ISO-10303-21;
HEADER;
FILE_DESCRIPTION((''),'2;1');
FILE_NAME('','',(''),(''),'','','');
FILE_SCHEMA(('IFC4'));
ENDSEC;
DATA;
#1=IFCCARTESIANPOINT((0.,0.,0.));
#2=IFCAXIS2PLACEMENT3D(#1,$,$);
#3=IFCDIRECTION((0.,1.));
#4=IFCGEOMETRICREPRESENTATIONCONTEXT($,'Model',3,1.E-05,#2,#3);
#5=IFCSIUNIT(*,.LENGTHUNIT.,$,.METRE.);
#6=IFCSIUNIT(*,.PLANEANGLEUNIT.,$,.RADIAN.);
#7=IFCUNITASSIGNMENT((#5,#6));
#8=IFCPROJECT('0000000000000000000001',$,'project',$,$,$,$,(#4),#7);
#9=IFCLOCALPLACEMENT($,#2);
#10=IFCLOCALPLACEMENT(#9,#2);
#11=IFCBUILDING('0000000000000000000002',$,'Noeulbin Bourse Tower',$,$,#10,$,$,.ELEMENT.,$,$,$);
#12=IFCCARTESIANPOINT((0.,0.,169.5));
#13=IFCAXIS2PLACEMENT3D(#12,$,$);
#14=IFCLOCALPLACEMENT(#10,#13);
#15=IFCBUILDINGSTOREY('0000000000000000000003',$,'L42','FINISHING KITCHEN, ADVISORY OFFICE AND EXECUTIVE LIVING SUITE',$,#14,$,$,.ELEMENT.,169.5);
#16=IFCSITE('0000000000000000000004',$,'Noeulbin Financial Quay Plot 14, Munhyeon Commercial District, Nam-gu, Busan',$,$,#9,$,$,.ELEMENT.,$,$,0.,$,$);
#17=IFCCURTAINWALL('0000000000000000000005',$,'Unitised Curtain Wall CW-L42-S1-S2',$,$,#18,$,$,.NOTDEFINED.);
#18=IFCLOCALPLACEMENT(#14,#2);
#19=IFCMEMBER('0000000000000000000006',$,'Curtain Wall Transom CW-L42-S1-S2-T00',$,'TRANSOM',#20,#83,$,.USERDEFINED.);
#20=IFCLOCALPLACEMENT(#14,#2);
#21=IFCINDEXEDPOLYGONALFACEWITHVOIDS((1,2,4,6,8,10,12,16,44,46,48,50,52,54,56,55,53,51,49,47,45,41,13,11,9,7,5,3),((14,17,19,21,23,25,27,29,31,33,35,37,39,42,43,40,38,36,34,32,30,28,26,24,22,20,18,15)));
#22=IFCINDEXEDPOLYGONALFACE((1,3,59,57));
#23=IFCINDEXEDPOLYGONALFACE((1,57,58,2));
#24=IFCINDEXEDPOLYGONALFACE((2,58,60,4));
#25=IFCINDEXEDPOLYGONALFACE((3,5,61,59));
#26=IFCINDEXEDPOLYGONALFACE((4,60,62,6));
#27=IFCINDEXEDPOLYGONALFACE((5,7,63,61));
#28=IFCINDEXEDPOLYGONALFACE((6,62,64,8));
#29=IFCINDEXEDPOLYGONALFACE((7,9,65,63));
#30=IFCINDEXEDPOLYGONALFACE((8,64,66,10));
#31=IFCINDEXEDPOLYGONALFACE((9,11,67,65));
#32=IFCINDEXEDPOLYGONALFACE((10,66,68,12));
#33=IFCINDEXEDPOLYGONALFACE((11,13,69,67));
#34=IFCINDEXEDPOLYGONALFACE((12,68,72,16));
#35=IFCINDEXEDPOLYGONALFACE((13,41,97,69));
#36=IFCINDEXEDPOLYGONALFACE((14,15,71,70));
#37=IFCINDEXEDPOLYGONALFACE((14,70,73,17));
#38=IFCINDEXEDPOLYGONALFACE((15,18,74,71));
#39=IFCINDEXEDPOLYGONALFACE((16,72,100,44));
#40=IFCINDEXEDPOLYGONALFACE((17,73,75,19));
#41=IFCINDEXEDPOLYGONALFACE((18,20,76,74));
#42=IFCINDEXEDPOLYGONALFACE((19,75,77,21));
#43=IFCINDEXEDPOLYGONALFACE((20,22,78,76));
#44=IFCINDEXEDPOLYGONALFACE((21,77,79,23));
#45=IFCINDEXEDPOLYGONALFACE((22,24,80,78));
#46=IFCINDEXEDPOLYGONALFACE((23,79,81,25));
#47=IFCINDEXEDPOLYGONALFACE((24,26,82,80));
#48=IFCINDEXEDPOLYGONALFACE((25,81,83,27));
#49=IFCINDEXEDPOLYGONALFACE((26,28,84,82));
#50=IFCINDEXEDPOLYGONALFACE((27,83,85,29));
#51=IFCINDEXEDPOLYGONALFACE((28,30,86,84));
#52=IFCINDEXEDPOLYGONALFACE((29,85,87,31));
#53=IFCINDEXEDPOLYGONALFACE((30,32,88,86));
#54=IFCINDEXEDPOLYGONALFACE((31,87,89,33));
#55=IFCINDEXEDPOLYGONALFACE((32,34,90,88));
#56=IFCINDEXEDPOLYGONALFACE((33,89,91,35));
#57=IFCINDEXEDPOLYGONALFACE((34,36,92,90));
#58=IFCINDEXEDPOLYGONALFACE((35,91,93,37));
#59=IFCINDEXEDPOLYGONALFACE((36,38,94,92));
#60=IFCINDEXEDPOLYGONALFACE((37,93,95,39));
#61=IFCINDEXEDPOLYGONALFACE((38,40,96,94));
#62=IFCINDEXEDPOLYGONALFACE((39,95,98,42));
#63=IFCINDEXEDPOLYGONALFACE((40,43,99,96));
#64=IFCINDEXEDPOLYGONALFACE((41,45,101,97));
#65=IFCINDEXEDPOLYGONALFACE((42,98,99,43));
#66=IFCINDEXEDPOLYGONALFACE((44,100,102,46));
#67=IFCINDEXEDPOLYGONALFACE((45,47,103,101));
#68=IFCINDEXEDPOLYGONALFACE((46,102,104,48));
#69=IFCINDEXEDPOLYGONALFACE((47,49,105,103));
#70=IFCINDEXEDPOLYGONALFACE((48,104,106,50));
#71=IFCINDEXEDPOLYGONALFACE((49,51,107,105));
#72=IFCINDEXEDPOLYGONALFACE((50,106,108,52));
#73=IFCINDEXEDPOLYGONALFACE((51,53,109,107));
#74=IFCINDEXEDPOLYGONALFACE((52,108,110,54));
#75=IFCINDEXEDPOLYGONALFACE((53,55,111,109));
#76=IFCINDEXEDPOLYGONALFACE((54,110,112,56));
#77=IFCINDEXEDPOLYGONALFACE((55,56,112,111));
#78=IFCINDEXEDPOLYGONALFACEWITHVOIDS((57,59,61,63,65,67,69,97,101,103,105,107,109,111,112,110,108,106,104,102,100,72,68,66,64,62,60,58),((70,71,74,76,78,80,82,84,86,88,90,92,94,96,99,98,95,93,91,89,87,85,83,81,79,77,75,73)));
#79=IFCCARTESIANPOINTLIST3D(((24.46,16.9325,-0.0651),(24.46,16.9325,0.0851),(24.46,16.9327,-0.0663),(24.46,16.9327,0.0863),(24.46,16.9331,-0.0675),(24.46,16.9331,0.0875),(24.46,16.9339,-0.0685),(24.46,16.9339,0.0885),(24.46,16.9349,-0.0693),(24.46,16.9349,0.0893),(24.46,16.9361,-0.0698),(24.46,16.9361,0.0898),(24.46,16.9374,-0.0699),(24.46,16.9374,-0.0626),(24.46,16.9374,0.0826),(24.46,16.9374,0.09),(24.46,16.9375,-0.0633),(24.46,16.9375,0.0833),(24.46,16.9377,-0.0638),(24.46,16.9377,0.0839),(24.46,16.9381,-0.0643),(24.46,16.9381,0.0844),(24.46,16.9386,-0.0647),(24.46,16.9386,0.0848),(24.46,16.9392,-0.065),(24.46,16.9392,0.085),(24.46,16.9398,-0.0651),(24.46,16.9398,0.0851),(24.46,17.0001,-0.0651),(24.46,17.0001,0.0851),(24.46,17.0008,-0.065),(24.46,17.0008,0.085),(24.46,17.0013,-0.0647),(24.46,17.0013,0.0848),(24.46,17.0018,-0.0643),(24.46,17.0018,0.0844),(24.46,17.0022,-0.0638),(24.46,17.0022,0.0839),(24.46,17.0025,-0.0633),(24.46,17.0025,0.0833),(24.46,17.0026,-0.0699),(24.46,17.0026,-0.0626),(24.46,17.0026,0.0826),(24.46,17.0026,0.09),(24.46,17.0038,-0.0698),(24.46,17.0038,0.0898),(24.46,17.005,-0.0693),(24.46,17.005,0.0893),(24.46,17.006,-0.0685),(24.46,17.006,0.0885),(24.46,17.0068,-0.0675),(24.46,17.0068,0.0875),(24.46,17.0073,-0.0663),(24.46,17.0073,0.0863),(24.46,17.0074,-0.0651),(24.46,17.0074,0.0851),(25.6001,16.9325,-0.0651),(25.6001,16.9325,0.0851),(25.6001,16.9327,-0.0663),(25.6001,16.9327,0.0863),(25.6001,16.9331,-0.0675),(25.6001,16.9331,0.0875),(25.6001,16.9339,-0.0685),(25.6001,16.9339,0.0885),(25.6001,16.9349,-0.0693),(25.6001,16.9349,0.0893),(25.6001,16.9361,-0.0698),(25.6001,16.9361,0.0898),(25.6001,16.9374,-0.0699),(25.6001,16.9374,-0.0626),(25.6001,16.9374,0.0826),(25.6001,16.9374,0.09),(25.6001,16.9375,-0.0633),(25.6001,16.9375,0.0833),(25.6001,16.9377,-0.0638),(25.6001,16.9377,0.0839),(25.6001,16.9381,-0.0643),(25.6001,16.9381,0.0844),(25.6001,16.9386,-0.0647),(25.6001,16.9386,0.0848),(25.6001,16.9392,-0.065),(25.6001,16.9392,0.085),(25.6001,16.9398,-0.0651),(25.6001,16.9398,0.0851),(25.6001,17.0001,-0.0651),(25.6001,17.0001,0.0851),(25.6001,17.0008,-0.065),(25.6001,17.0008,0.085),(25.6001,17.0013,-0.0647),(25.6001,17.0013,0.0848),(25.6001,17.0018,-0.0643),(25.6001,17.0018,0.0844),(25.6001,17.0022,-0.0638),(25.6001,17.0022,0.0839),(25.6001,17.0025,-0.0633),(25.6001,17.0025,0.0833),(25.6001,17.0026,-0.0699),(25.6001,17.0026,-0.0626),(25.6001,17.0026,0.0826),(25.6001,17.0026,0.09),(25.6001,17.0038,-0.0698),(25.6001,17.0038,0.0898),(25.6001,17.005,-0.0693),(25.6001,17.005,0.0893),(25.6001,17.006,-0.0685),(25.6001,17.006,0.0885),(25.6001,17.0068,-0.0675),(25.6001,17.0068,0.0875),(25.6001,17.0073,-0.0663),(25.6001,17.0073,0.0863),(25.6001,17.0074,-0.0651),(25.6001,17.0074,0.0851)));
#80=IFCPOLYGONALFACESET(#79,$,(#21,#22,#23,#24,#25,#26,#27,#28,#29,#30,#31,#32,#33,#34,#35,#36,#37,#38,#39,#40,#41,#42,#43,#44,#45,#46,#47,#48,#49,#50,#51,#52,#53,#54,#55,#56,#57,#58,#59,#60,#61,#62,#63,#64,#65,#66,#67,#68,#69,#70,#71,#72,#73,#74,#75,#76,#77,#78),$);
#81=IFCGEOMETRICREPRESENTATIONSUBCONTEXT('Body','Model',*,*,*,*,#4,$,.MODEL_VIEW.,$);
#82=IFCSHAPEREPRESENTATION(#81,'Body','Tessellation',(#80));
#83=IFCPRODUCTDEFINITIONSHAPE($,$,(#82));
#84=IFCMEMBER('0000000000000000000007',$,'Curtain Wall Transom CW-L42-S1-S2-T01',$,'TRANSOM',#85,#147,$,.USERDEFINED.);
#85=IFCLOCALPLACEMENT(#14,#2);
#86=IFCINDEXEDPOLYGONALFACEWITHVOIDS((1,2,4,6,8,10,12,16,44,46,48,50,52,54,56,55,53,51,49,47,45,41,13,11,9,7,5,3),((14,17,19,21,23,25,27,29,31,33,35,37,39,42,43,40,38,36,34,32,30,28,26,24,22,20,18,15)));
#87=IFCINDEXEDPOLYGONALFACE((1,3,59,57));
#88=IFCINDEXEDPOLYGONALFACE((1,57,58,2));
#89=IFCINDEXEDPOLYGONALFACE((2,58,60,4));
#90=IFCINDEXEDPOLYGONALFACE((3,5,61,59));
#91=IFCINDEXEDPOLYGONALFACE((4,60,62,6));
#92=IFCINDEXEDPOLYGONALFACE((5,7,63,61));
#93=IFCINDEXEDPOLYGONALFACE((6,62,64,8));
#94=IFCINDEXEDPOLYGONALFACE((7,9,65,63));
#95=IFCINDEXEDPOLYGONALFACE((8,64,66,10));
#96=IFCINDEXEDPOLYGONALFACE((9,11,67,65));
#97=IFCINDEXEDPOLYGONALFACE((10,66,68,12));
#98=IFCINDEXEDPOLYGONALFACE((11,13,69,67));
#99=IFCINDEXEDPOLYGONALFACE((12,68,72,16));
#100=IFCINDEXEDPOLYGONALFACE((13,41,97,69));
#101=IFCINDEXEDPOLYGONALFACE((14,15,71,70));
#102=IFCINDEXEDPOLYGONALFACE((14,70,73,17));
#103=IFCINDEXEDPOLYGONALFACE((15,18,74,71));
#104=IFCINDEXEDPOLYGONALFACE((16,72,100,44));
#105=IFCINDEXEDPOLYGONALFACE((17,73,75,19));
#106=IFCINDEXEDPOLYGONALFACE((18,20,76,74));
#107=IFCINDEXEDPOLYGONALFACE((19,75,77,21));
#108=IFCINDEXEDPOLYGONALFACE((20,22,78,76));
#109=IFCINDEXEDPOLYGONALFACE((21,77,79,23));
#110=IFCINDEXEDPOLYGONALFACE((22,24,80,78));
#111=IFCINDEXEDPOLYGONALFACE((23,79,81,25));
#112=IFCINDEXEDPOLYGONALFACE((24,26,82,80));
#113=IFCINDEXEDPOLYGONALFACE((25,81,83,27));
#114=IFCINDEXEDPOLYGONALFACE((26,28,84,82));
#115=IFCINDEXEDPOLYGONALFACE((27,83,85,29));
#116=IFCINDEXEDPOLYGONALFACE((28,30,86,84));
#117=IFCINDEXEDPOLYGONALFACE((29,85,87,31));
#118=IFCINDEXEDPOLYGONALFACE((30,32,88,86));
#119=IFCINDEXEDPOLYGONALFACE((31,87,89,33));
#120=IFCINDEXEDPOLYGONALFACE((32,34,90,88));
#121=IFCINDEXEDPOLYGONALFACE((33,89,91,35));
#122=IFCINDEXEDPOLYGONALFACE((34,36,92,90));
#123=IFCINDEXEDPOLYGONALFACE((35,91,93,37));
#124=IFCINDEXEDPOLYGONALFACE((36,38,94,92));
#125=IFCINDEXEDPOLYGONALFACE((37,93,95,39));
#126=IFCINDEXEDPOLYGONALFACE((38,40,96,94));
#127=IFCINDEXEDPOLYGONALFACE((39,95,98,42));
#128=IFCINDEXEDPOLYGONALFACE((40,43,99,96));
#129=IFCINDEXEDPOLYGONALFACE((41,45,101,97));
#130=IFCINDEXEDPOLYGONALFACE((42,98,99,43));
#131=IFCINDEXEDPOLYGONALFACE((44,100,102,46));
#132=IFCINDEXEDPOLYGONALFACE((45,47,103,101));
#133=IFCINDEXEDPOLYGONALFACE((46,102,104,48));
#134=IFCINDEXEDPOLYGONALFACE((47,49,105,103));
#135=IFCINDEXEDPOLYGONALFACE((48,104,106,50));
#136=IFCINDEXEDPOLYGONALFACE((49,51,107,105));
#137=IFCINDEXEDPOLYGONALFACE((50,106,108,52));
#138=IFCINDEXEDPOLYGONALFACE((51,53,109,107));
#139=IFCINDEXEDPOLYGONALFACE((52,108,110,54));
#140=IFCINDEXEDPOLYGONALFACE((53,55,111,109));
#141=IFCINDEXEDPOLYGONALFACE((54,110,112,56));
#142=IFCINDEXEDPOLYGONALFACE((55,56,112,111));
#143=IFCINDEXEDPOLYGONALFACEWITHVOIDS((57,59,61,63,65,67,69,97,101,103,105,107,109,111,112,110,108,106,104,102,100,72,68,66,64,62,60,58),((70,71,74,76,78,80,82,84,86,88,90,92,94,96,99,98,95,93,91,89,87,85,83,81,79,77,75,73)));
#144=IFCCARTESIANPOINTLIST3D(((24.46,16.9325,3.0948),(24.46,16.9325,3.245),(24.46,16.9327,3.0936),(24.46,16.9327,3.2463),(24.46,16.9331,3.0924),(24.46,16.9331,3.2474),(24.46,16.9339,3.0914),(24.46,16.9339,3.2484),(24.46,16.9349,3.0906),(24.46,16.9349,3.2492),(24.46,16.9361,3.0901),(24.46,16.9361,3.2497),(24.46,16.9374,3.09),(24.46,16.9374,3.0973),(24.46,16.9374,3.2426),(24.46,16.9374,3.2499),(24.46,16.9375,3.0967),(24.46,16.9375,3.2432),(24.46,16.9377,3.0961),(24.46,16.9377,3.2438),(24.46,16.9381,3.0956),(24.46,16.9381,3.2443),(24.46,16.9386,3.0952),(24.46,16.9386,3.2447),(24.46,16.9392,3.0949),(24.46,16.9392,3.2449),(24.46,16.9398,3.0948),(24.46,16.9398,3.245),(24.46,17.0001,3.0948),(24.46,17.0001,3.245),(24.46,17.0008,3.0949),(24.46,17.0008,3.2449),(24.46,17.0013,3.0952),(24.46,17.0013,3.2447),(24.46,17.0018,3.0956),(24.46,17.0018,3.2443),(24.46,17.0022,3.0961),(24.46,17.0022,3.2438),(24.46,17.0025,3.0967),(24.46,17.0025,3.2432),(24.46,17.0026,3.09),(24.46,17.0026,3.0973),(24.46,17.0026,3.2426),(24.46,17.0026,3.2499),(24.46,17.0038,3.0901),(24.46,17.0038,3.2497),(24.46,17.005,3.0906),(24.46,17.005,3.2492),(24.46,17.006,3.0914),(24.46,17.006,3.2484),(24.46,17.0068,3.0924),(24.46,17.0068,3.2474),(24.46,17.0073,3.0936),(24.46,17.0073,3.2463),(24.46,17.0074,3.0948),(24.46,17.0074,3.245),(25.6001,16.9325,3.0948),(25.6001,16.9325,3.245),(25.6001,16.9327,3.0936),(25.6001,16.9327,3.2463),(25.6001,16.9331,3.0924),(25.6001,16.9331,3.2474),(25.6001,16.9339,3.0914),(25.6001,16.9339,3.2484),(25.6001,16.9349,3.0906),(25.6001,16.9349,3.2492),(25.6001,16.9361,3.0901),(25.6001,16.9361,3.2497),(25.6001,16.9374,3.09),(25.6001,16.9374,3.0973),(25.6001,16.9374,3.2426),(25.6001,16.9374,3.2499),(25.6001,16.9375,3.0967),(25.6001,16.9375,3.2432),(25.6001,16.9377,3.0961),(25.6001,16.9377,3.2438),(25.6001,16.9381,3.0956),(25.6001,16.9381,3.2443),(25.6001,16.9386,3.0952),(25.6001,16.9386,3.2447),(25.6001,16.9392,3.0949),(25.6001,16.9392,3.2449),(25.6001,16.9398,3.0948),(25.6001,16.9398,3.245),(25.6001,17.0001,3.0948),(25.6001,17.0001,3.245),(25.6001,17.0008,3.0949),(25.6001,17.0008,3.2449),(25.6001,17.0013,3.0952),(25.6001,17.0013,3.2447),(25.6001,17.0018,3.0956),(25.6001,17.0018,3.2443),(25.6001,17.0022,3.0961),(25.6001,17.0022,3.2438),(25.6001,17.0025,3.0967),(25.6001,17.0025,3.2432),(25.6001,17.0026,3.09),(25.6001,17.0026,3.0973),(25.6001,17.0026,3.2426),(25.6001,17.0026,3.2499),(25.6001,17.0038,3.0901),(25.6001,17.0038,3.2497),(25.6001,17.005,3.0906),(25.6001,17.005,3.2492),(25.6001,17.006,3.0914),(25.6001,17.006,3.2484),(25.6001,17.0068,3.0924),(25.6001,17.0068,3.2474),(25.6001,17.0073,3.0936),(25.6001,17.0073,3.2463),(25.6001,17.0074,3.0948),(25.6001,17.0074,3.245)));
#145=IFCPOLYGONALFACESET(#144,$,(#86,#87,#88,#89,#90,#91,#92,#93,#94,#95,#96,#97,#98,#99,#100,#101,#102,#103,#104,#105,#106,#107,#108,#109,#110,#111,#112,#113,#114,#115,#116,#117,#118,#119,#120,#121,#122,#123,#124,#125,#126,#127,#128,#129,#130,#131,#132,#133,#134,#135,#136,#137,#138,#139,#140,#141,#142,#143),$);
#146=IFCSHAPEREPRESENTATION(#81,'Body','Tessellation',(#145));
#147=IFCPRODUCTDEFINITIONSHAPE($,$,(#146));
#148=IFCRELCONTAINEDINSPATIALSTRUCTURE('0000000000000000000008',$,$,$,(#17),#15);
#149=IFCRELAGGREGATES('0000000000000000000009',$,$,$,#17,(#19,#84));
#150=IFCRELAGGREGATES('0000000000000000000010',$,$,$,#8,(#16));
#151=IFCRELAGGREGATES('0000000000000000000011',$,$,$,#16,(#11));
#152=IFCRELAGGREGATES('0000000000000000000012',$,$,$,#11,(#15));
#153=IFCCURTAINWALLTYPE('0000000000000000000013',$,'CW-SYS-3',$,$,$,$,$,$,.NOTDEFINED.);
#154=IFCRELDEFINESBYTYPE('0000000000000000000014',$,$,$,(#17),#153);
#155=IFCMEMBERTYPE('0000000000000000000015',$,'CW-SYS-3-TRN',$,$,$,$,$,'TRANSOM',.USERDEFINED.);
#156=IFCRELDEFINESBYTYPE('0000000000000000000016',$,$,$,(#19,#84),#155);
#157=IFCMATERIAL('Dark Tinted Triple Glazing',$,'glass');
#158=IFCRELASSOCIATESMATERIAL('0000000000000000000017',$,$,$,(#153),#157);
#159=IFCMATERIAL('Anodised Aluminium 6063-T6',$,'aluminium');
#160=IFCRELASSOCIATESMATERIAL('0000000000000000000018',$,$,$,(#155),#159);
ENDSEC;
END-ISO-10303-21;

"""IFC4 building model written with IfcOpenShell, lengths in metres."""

from ifc_helpers import new_model, si_unit, direction, frame, origin, origin_2d, place, context, subcontext, project, spatial, hollow_rectangle, extrude, material, material_profile, profile_set, type_object, element, aggregate, save


model = new_model("IFC4")

# Units and contexts
model_context = context("Model", 3, precision=1e-05, world=origin(), true_north=direction((0.0, 1.0)))
body_context = subcontext(model_context, "Body", "Model", "MODEL_VIEW")
ifc_project = project(units=[si_unit("LENGTHUNIT", "METRE"), si_unit("PLANEANGLEUNIT", "RADIAN")], contexts=[model_context])

# Site, building, storey
site_placement = place(None, origin())
site = spatial("IfcSite", under=ifc_project, at=site_placement, Name="Noeulbin Financial Quay Plot 14, Munhyeon Commercial District, Nam-gu, Busan", CompositionType="ELEMENT", RefElevation=0.0)
building_placement = place(site_placement, origin())
building = spatial("IfcBuilding", under=site, at=building_placement, Name="Noeulbin Bourse Tower", CompositionType="ELEMENT")
storey_placement = place(building_placement, frame((0.0, 0.0, 169.5)))
storey = spatial("IfcBuildingStorey", under=building, at=storey_placement, Name="L42", Description="FINISHING KITCHEN, ADVISORY OFFICE AND EXECUTIVE LIVING SUITE", CompositionType="ELEMENT", Elevation=169.5)

# Curtain wall
ifc_material_1 = material(Name="Dark Tinted Triple Glazing", Category="glass")
curtain_wall_type = type_object("IfcCurtainWallType", Name="CW-SYS-3", PredefinedType="NOTDEFINED", material=ifc_material_1)
ifc_material_2 = material(Name="Anodised Aluminium 6063-T6", Category="aluminium")
curtain_wall_1_placement = place(storey_placement, origin())
curtain_wall_1 = element("IfcCurtainWall", 1, at=curtain_wall_1_placement, inside=storey, type_object=curtain_wall_type, Name="Unitised Curtain Wall CW-L42-S1-S2", PredefinedType="NOTDEFINED")

# Members
ifc_material_profile_1 = material_profile(ifc_material_2, hollow_rectangle(XDim=0.075, YDim=0.1599, WallThickness=0.0049, InnerFilletRadius=0.0024, OuterFilletRadius=0.0049, at=origin_2d()), Name="ALU-TRAN-75x160x5", Category="LoadBearing")
ifc_profile_set_1 = profile_set([ifc_material_profile_1], Name="Anodised Aluminium 6063-T6")
member_type_1 = type_object("IfcMemberType", Name="CW-SYS-3-TRN", ElementType="TRANSOM", PredefinedType="USERDEFINED", material=ifc_profile_set_1)
member_1_placement = place(storey_placement, frame((24.46, 16.97, 0.01), z_axis=(1.0, 0.0, 0.0), x_axis=(0.0, 1.0, 0.0)))
member_1 = element("IfcMember", 2, at=member_1_placement, type_object=member_type_1, Name="Curtain Wall Transom CW-L42-S1-S2-T00", ObjectType="TRANSOM", PredefinedType="USERDEFINED", context=body_context, shape_type="SweptSolid", body=[
    extrude(hollow_rectangle(XDim=0.075, YDim=0.1599, WallThickness=0.0049, InnerFilletRadius=0.0024, OuterFilletRadius=0.0049, at=origin_2d()), origin(), (0.0, 0.0, 1.0), 1.1401),
])
member_2_placement = place(storey_placement, frame((24.46, 16.97, 3.1699), z_axis=(1.0, 0.0, 0.0), x_axis=(0.0, 1.0, 0.0)))
member_2 = element("IfcMember", 3, at=member_2_placement, type_object=member_type_1, Name="Curtain Wall Transom CW-L42-S1-S2-T01", ObjectType="TRANSOM", PredefinedType="USERDEFINED", context=body_context, shape_type="SweptSolid", body=[
    extrude(hollow_rectangle(XDim=0.075, YDim=0.1599, WallThickness=0.0049, InnerFilletRadius=0.0024, OuterFilletRadius=0.0049, at=origin_2d()), origin(), (0.0, 0.0, 1.0), 1.1401),
])

aggregate(curtain_wall_1, [member_1, member_2])

save(model, "model.ifc")
